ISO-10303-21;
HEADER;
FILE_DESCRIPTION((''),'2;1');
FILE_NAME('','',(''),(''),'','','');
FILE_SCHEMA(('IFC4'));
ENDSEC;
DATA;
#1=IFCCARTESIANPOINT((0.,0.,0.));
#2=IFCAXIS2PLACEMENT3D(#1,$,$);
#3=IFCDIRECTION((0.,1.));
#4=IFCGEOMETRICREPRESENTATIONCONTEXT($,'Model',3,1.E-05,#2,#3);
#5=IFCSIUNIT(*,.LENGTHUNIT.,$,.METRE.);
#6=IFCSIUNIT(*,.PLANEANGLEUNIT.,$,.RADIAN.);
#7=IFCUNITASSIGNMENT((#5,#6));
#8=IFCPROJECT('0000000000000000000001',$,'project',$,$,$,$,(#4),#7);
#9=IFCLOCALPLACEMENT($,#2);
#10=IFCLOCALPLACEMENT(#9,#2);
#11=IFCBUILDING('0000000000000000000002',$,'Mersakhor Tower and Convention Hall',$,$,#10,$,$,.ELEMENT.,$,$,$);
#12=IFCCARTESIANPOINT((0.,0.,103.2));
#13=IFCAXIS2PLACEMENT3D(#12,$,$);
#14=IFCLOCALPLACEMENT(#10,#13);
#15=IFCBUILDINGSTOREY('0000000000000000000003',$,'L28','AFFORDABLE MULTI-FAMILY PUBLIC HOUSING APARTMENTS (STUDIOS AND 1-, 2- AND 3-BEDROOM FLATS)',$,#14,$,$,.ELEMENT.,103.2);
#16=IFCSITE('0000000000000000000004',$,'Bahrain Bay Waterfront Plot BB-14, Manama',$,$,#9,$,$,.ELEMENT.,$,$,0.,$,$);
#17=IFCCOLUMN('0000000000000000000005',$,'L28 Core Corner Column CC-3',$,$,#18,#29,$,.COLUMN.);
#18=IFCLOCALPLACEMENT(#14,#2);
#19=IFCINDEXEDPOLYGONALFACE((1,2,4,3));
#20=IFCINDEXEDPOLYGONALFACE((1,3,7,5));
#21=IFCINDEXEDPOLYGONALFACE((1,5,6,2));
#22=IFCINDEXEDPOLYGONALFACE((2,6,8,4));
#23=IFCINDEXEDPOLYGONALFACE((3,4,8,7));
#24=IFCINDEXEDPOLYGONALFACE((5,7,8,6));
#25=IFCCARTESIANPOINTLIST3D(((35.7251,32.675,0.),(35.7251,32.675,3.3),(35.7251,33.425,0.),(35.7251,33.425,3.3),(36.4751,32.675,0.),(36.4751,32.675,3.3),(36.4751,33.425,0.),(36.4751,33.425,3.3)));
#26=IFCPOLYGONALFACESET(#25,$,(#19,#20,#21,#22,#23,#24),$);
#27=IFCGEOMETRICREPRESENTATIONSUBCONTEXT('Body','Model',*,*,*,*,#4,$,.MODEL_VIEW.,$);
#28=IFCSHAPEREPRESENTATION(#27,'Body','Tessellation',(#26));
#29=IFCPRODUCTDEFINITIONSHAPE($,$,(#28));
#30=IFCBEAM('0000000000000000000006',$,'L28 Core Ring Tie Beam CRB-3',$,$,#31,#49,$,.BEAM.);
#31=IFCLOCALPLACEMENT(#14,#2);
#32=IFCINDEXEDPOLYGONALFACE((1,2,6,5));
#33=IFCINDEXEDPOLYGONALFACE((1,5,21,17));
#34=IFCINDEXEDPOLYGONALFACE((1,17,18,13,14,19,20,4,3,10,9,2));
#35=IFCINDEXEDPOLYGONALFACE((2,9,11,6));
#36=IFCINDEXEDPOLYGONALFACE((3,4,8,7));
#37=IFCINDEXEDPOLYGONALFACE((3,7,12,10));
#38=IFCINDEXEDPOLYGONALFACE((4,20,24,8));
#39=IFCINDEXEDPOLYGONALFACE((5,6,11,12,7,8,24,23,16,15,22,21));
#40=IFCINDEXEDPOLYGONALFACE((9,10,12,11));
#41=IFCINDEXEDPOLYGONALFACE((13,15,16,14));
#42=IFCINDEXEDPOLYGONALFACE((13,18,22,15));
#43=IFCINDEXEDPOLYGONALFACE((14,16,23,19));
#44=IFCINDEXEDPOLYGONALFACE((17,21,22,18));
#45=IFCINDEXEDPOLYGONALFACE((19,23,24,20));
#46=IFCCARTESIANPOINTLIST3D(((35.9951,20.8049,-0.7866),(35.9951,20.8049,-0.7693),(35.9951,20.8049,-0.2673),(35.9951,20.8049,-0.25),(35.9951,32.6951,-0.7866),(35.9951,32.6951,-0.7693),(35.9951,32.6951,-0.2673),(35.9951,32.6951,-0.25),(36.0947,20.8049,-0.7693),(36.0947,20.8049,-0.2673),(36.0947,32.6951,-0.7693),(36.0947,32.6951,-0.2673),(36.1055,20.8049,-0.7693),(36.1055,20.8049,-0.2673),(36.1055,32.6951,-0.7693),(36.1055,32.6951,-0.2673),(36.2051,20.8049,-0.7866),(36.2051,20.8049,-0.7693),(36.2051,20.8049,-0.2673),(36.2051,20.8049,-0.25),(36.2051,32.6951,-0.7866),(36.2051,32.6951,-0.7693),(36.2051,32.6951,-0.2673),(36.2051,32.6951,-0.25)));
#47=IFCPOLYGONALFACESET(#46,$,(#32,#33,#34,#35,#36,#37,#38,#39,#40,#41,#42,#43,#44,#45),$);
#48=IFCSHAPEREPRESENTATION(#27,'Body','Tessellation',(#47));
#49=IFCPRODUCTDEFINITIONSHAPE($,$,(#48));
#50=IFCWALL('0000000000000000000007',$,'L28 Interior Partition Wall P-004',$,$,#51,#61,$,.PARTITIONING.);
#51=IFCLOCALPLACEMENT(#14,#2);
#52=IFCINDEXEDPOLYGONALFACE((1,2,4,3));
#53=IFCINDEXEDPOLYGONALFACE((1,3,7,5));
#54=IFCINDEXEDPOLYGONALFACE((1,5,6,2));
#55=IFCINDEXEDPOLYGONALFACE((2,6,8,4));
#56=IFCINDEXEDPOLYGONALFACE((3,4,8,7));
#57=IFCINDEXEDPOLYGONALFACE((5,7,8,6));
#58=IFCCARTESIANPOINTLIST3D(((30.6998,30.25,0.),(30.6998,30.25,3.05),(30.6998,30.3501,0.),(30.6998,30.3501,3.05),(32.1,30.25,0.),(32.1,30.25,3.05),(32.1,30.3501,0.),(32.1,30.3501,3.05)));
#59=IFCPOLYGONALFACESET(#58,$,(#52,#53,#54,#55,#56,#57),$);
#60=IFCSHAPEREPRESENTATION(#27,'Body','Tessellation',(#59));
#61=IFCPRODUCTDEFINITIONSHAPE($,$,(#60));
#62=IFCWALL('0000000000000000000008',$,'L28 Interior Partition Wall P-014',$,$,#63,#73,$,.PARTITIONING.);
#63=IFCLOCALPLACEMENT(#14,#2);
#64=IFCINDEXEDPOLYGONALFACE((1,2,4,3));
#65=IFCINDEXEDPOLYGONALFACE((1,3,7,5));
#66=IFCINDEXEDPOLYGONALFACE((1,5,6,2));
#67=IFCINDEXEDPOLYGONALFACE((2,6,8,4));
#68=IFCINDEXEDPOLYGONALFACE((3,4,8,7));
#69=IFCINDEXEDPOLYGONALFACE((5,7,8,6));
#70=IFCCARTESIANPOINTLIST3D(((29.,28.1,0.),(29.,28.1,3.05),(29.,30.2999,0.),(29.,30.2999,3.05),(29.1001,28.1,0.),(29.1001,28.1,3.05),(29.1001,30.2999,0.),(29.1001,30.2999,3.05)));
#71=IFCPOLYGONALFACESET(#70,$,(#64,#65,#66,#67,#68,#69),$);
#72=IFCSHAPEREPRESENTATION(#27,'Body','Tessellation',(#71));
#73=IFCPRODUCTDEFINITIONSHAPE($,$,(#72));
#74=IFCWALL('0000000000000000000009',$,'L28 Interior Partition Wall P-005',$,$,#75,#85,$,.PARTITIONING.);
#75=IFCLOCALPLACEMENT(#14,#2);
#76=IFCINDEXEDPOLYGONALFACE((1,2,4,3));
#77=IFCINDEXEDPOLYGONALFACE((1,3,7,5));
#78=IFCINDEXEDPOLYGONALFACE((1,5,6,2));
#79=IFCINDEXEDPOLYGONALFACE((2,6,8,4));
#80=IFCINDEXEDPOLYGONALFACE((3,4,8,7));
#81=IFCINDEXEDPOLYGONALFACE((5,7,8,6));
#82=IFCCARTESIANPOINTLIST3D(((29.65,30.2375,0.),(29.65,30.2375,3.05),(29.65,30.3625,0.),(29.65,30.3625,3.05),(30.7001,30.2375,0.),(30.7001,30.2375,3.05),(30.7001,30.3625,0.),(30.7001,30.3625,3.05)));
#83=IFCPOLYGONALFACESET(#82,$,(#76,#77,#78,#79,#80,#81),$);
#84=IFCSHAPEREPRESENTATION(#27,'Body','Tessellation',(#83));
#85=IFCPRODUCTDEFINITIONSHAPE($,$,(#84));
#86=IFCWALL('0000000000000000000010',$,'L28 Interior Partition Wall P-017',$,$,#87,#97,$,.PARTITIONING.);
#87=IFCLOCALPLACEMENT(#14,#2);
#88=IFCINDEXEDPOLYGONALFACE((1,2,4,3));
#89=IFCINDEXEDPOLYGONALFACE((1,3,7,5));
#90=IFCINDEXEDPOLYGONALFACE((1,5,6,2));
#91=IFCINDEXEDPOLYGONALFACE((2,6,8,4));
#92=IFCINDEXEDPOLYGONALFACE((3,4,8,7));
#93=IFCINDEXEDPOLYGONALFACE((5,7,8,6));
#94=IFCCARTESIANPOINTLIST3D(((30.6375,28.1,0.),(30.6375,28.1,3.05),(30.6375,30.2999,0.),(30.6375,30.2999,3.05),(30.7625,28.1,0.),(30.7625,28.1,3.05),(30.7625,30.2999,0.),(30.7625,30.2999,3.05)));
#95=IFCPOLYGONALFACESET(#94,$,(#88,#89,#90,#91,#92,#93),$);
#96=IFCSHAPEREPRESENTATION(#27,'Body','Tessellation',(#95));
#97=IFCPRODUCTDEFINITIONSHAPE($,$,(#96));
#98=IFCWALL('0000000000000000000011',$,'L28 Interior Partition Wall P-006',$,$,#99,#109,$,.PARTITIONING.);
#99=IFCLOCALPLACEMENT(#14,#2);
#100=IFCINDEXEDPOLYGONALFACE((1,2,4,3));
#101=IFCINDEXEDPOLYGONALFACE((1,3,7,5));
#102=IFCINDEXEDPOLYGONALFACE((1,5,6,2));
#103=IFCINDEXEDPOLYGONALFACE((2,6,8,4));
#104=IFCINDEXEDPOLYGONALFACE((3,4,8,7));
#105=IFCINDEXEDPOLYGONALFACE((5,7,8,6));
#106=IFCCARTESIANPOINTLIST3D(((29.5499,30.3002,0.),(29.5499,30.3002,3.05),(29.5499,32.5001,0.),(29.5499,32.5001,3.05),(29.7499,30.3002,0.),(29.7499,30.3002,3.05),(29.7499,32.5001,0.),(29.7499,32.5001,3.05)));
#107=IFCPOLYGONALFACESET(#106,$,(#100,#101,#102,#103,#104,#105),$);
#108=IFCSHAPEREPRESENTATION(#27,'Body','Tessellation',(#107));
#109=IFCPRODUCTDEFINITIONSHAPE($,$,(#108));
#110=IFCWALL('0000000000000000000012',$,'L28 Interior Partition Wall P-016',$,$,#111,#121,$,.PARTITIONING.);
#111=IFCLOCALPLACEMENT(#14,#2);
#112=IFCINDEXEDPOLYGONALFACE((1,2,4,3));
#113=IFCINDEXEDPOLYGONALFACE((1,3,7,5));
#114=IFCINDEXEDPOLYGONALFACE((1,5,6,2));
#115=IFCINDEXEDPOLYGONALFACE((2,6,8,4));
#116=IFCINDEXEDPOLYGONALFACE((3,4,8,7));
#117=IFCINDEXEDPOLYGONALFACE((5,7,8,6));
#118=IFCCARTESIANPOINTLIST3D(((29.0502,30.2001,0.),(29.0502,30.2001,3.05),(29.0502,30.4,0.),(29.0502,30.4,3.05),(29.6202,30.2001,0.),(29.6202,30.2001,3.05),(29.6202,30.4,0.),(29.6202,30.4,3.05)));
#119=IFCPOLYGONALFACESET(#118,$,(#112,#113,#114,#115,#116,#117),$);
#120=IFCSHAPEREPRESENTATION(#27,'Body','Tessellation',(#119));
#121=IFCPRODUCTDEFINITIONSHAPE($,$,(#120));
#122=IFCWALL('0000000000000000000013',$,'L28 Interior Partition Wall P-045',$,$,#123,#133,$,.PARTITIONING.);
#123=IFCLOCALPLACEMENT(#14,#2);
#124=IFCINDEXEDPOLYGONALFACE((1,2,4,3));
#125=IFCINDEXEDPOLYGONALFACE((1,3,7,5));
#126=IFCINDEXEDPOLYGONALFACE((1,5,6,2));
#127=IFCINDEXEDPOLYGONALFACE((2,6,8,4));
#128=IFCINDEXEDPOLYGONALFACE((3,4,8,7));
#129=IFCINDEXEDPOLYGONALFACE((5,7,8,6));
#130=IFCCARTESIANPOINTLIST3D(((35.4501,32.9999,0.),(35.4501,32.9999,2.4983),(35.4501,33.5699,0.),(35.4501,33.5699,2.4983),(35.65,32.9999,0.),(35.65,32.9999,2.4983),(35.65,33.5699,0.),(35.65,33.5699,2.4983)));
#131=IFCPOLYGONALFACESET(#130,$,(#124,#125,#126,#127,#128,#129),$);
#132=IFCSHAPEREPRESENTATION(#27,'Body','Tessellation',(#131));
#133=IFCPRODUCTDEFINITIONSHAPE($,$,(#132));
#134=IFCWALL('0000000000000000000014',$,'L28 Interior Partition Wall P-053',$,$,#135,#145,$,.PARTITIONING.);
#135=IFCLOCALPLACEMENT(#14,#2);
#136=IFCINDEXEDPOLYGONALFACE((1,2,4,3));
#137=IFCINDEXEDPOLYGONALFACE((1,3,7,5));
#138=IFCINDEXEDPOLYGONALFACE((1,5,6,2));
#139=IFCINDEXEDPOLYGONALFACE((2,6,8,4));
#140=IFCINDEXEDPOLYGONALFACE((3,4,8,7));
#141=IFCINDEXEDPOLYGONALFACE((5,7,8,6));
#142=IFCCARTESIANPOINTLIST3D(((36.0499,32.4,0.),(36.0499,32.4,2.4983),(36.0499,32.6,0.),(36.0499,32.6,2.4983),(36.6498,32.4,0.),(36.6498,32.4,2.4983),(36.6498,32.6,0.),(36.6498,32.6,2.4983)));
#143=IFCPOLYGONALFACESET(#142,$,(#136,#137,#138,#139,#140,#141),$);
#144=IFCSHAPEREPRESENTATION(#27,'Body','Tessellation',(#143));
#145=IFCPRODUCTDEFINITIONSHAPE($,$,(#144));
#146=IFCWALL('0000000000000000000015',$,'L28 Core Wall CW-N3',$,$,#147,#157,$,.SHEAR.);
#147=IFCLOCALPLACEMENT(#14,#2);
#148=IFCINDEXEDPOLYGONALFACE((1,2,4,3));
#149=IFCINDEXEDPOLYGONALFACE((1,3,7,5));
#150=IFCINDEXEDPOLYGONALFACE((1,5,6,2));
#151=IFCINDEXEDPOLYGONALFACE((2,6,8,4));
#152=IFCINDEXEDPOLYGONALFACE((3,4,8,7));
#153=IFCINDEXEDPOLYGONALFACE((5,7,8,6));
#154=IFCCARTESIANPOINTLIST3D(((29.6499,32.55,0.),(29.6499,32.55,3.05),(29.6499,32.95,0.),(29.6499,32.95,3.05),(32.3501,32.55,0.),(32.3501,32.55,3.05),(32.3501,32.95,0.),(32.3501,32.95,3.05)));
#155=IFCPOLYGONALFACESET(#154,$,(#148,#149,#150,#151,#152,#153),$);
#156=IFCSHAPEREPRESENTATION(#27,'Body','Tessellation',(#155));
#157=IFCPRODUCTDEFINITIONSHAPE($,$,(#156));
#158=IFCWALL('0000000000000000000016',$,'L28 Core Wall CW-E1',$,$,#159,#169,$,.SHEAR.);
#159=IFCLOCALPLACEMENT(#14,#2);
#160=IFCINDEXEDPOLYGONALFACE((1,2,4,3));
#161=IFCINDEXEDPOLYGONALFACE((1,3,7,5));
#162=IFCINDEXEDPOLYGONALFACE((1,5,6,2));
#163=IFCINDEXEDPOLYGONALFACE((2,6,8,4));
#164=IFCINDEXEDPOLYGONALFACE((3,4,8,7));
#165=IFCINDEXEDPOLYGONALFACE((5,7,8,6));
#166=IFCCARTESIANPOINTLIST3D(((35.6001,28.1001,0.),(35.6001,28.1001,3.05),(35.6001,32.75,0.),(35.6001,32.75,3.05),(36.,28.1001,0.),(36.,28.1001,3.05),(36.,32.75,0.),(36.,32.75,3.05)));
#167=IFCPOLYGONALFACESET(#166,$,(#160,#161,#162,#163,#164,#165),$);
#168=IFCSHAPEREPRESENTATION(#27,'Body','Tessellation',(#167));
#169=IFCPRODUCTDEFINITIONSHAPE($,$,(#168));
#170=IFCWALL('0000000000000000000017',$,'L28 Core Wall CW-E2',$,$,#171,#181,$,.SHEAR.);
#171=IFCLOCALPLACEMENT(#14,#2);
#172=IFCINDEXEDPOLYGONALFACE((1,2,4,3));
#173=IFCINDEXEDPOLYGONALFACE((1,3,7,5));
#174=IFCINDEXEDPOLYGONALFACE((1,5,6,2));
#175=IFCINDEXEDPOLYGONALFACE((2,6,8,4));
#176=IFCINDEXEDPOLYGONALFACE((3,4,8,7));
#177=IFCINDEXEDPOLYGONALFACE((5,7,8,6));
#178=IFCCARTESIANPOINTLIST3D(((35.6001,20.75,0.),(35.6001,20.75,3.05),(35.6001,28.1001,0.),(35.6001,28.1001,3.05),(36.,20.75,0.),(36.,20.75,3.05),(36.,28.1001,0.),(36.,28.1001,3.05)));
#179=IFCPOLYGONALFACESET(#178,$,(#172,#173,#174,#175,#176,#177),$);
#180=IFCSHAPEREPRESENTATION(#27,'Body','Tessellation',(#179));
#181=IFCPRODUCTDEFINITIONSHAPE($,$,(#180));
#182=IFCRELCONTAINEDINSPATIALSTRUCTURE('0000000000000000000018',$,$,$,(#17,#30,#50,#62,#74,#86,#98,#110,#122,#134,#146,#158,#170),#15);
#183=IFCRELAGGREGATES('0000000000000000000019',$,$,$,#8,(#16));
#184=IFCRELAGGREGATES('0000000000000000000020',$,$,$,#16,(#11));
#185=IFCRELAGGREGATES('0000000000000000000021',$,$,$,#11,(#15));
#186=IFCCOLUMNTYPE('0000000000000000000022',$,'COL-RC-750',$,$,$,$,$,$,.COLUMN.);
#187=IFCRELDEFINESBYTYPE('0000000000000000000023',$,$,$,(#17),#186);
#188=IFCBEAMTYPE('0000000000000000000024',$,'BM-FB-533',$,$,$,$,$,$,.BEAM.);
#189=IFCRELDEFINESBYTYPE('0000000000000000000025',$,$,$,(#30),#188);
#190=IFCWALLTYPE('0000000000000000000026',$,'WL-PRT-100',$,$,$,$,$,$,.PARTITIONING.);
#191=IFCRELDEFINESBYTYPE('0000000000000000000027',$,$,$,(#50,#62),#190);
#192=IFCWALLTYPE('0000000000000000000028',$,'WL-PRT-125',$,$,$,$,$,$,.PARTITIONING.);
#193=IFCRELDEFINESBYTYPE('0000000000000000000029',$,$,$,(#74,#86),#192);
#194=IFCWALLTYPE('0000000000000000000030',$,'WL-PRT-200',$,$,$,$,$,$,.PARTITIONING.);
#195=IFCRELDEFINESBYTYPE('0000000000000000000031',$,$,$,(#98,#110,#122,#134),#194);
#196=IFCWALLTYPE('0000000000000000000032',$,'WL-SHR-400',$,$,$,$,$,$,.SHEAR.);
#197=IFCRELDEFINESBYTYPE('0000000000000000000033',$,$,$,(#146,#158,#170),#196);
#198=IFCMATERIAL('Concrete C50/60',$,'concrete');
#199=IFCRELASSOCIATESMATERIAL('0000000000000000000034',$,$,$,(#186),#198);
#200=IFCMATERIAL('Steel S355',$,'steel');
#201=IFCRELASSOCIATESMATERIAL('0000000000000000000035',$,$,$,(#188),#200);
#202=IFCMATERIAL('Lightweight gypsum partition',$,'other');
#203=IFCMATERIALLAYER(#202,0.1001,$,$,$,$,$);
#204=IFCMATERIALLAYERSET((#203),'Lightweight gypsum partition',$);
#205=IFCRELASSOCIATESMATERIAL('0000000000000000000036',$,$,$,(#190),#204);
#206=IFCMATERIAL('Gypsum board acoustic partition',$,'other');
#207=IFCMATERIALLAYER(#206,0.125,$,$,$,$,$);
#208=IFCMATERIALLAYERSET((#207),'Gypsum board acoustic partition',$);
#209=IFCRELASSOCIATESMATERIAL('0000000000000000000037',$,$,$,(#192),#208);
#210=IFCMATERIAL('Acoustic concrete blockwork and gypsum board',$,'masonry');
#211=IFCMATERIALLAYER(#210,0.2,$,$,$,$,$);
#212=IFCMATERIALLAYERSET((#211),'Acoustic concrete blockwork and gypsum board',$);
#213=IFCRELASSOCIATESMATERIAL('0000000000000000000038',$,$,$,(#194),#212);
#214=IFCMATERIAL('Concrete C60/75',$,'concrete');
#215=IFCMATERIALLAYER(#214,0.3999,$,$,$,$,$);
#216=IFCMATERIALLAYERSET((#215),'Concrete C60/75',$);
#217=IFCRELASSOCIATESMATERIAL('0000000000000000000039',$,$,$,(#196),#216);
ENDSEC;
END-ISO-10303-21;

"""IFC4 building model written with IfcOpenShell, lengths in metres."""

from ifc_helpers import new_model, si_unit, direction, frame, frame_2d, origin, origin_2d, place, context, subcontext, project, spatial, rectangle, i_section, extrude, material, layer, layer_set, material_profile, profile_set, type_object, element, save


model = new_model("IFC4")

# Units and contexts
model_context = context("Model", 3, precision=1e-05, world=origin(), true_north=direction((0.0, 1.0)))
body_context = subcontext(model_context, "Body", "Model", "MODEL_VIEW")
ifc_project = project(units=[si_unit("LENGTHUNIT", "METRE"), si_unit("PLANEANGLEUNIT", "RADIAN")], contexts=[model_context])

# Site, building, storey
site_placement = place(None, origin())
site = spatial("IfcSite", under=ifc_project, at=site_placement, Name="Bahrain Bay Waterfront Plot BB-14, Manama", CompositionType="ELEMENT", RefElevation=0.0)
building_placement = place(site_placement, origin())
building = spatial("IfcBuilding", under=site, at=building_placement, Name="Mersakhor Tower and Convention Hall", CompositionType="ELEMENT")
storey_placement = place(building_placement, frame((0.0, 0.0, 103.2)))
storey = spatial("IfcBuildingStorey", under=building, at=storey_placement, Name="L28", Description="AFFORDABLE MULTI-FAMILY PUBLIC HOUSING APARTMENTS (STUDIOS AND 1-, 2- AND 3-BEDROOM FLATS)", CompositionType="ELEMENT", Elevation=103.2)

# Column
ifc_material_1 = material(Name="Concrete C50/60", Category="concrete")
ifc_material_profile_1 = material_profile(ifc_material_1, rectangle(XDim=0.75, YDim=0.75, at=origin_2d()), Name="RC 750x750")
ifc_profile_set_1 = profile_set([ifc_material_profile_1], Name="Concrete C50/60")
column_type = type_object("IfcColumnType", Name="COL-RC-750", PredefinedType="COLUMN", material=ifc_profile_set_1)
column_placement = place(storey_placement, frame((36.1001, 33.05, 0.0), z_axis=(0.0, 0.0, 1.0), x_axis=(1.0, 0.0, 0.0)))
element("IfcColumn", 1, at=column_placement, inside=storey, type_object=column_type, Name="L28 Core Corner Column CC-3", PredefinedType="COLUMN", context=body_context, shape_type="SweptSolid", body=[
    extrude(rectangle(XDim=0.75, YDim=0.75, at=origin_2d()), origin(), (0.0, 0.0, 1.0), 3.3),
])

# Beam
ifc_material_2 = material(Name="Steel S355", Category="steel")
ifc_material_profile_2 = material_profile(ifc_material_2, i_section(OverallWidth=0.21, OverallDepth=0.5366, WebThickness=0.0107, FlangeThickness=0.0173, at=origin_2d()), Name="UB 533x210x101")
ifc_profile_set_2 = profile_set([ifc_material_profile_2], Name="Steel S355")
beam_type = type_object("IfcBeamType", Name="BM-FB-533", PredefinedType="BEAM", material=ifc_profile_set_2)
beam_placement = place(storey_placement, frame((36.1001, 32.6951, -0.5183), z_axis=(0.0, -1.0, 0.0), x_axis=(1.0, 0.0, 0.0)))
element("IfcBeam", 2, at=beam_placement, inside=storey, type_object=beam_type, Name="L28 Core Ring Tie Beam CRB-3", PredefinedType="BEAM", context=body_context, shape_type="SweptSolid", body=[
    extrude(i_section(OverallWidth=0.21, OverallDepth=0.5366, WebThickness=0.0107, FlangeThickness=0.0173, at=origin_2d()), origin(), (0.0, 0.0, 1.0), 11.8901),
])

# Walls
ifc_material_3 = material(Name="Lightweight gypsum partition", Category="other")
ifc_layer_1 = layer(ifc_material_3, 0.1001)
ifc_layer_set_1 = layer_set([ifc_layer_1], Name="Lightweight gypsum partition")
wall_type_1 = type_object("IfcWallType", Name="WL-PRT-100", PredefinedType="PARTITIONING", material=ifc_layer_set_1)
wall_1_placement = place(storey_placement, frame((32.1001, 30.3, 0.0), z_axis=(0.0, 0.0, 1.0), x_axis=(-1.0, 0.0, 0.0)))
element("IfcWall", 3, at=wall_1_placement, inside=storey, type_object=wall_type_1, Name="L28 Interior Partition Wall P-004", PredefinedType="PARTITIONING", context=body_context, shape_type="SweptSolid", body=[
    extrude(rectangle(XDim=1.4001, YDim=0.1001, at=frame_2d((0.7002, 0.0))), origin(), (0.0, 0.0, 1.0), 3.05),
])
wall_2_placement = place(storey_placement, frame((29.05, 30.3, 0.0), z_axis=(0.0, 0.0, 1.0), x_axis=(0.0, -1.0, 0.0)))
element("IfcWall", 4, at=wall_2_placement, inside=storey, type_object=wall_type_1, Name="L28 Interior Partition Wall P-014", PredefinedType="PARTITIONING", context=body_context, shape_type="SweptSolid", body=[
    extrude(rectangle(XDim=2.2, YDim=0.1001, at=frame_2d((1.1001, 0.0))), origin(), (0.0, 0.0, 1.0), 3.05),
])
ifc_material_4 = material(Name="Gypsum board acoustic partition", Category="other")
ifc_layer_2 = layer(ifc_material_4, 0.125)
ifc_layer_set_2 = layer_set([ifc_layer_2], Name="Gypsum board acoustic partition")
wall_type_2 = type_object("IfcWallType", Name="WL-PRT-125", PredefinedType="PARTITIONING", material=ifc_layer_set_2)
wall_3_placement = place(storey_placement, frame((30.7, 30.3, 0.0), z_axis=(0.0, 0.0, 1.0), x_axis=(-1.0, 0.0, 0.0)))
element("IfcWall", 5, at=wall_3_placement, inside=storey, type_object=wall_type_2, Name="L28 Interior Partition Wall P-005", PredefinedType="PARTITIONING", context=body_context, shape_type="SweptSolid", body=[
    extrude(rectangle(XDim=1.05, YDim=0.125, at=frame_2d((0.5249, 0.0))), origin(), (0.0, 0.0, 1.0), 3.05),
])
wall_4_placement = place(storey_placement, frame((30.7, 30.3, 0.0), z_axis=(0.0, 0.0, 1.0), x_axis=(0.0, -1.0, 0.0)))
element("IfcWall", 6, at=wall_4_placement, inside=storey, type_object=wall_type_2, Name="L28 Interior Partition Wall P-017", PredefinedType="PARTITIONING", context=body_context, shape_type="SweptSolid", body=[
    extrude(rectangle(XDim=2.2, YDim=0.125, at=frame_2d((1.1001, 0.0))), origin(), (0.0, 0.0, 1.0), 3.05),
])
ifc_material_5 = material(Name="Acoustic concrete blockwork and gypsum board", Category="masonry")
ifc_layer_3 = layer(ifc_material_5, 0.2)
ifc_layer_set_3 = layer_set([ifc_layer_3], Name="Acoustic concrete blockwork and gypsum board")
wall_type_3 = type_object("IfcWallType", Name="WL-PRT-200", PredefinedType="PARTITIONING", material=ifc_layer_set_3)
wall_5_placement = place(storey_placement, frame((29.6499, 30.3, 0.0), z_axis=(0.0, 0.0, 1.0), x_axis=(0.0, 1.0, 0.0)))
element("IfcWall", 7, at=wall_5_placement, inside=storey, type_object=wall_type_3, Name="L28 Interior Partition Wall P-006", PredefinedType="PARTITIONING", context=body_context, shape_type="SweptSolid", body=[
    extrude(rectangle(XDim=2.2, YDim=0.2, at=frame_2d((1.1001, 0.0))), origin(), (0.0, 0.0, 1.0), 3.05),
])
wall_6_placement = place(storey_placement, frame((29.05, 30.3, 0.0), z_axis=(0.0, 0.0, 1.0), x_axis=(1.0, 0.0, 0.0)))
element("IfcWall", 8, at=wall_6_placement, inside=storey, type_object=wall_type_3, Name="L28 Interior Partition Wall P-016", PredefinedType="PARTITIONING", context=body_context, shape_type="SweptSolid", body=[
    extrude(rectangle(XDim=0.5701, YDim=0.2, at=frame_2d((0.2852, 0.0))), origin(), (0.0, 0.0, 1.0), 3.05),
])
wall_7_placement = place(storey_placement, frame((35.55, 33.5701, 0.0), z_axis=(0.0, 0.0, 1.0), x_axis=(0.0, -1.0, 0.0)))
element("IfcWall", 9, at=wall_7_placement, inside=storey, type_object=wall_type_3, Name="L28 Interior Partition Wall P-045", PredefinedType="PARTITIONING", context=body_context, shape_type="SweptSolid", body=[
    extrude(rectangle(XDim=0.5701, YDim=0.2, at=frame_2d((0.2852, 0.0))), origin(), (0.0, 0.0, 1.0), 2.4983),
])
wall_8_placement = place(storey_placement, frame((36.05, 32.5, 0.0), z_axis=(0.0, 0.0, 1.0), x_axis=(1.0, 0.0, 0.0)))
element("IfcWall", 10, at=wall_8_placement, inside=storey, type_object=wall_type_3, Name="L28 Interior Partition Wall P-053", PredefinedType="PARTITIONING", context=body_context, shape_type="SweptSolid", body=[
    extrude(rectangle(XDim=0.5999, YDim=0.2, at=frame_2d((0.2998, 0.0))), origin(), (0.0, 0.0, 1.0), 2.4983),
])

# Wall
ifc_material_6 = material(Name="Concrete C60/75", Category="concrete")
ifc_layer_4 = layer(ifc_material_6, 0.3999)
ifc_layer_set_4 = layer_set([ifc_layer_4], Name="Concrete C60/75")
wall_type_4 = type_object("IfcWallType", Name="WL-SHR-400", PredefinedType="SHEAR", material=ifc_layer_set_4)
wall_9_placement = place(storey_placement, frame((29.6499, 32.75, 0.0), z_axis=(0.0, 0.0, 1.0), x_axis=(1.0, 0.0, 0.0)))
element("IfcWall", 11, at=wall_9_placement, inside=storey, type_object=wall_type_4, Name="L28 Core Wall CW-N3", PredefinedType="SHEAR", context=body_context, shape_type="SweptSolid", body=[
    extrude(rectangle(XDim=2.7002, YDim=0.3999, at=frame_2d((1.3501, 0.0))), origin(), (0.0, 0.0, 1.0), 3.05),
])

# Walls
wall_10_placement = place(storey_placement, frame((35.8, 32.75, 0.0), z_axis=(0.0, 0.0, 1.0), x_axis=(0.0, -1.0, 0.0)))
element("IfcWall", 12, at=wall_10_placement, inside=storey, type_object=wall_type_4, Name="L28 Core Wall CW-E1", PredefinedType="SHEAR", context=body_context, shape_type="SweptSolid", body=[
    extrude(rectangle(XDim=4.6499, YDim=0.3999, at=frame_2d((2.325, 0.0))), origin(), (0.0, 0.0, 1.0), 3.05),
])
wall_11_placement = place(storey_placement, frame((35.8, 28.1001, 0.0), z_axis=(0.0, 0.0, 1.0), x_axis=(0.0, -1.0, 0.0)))
element("IfcWall", 13, at=wall_11_placement, inside=storey, type_object=wall_type_4, Name="L28 Core Wall CW-E2", PredefinedType="SHEAR", context=body_context, shape_type="SweptSolid", body=[
    extrude(rectangle(XDim=7.3501, YDim=0.3999, at=frame_2d((3.675, 0.0))), origin(), (0.0, 0.0, 1.0), 3.05),
])

save(model, "model.ifc")
